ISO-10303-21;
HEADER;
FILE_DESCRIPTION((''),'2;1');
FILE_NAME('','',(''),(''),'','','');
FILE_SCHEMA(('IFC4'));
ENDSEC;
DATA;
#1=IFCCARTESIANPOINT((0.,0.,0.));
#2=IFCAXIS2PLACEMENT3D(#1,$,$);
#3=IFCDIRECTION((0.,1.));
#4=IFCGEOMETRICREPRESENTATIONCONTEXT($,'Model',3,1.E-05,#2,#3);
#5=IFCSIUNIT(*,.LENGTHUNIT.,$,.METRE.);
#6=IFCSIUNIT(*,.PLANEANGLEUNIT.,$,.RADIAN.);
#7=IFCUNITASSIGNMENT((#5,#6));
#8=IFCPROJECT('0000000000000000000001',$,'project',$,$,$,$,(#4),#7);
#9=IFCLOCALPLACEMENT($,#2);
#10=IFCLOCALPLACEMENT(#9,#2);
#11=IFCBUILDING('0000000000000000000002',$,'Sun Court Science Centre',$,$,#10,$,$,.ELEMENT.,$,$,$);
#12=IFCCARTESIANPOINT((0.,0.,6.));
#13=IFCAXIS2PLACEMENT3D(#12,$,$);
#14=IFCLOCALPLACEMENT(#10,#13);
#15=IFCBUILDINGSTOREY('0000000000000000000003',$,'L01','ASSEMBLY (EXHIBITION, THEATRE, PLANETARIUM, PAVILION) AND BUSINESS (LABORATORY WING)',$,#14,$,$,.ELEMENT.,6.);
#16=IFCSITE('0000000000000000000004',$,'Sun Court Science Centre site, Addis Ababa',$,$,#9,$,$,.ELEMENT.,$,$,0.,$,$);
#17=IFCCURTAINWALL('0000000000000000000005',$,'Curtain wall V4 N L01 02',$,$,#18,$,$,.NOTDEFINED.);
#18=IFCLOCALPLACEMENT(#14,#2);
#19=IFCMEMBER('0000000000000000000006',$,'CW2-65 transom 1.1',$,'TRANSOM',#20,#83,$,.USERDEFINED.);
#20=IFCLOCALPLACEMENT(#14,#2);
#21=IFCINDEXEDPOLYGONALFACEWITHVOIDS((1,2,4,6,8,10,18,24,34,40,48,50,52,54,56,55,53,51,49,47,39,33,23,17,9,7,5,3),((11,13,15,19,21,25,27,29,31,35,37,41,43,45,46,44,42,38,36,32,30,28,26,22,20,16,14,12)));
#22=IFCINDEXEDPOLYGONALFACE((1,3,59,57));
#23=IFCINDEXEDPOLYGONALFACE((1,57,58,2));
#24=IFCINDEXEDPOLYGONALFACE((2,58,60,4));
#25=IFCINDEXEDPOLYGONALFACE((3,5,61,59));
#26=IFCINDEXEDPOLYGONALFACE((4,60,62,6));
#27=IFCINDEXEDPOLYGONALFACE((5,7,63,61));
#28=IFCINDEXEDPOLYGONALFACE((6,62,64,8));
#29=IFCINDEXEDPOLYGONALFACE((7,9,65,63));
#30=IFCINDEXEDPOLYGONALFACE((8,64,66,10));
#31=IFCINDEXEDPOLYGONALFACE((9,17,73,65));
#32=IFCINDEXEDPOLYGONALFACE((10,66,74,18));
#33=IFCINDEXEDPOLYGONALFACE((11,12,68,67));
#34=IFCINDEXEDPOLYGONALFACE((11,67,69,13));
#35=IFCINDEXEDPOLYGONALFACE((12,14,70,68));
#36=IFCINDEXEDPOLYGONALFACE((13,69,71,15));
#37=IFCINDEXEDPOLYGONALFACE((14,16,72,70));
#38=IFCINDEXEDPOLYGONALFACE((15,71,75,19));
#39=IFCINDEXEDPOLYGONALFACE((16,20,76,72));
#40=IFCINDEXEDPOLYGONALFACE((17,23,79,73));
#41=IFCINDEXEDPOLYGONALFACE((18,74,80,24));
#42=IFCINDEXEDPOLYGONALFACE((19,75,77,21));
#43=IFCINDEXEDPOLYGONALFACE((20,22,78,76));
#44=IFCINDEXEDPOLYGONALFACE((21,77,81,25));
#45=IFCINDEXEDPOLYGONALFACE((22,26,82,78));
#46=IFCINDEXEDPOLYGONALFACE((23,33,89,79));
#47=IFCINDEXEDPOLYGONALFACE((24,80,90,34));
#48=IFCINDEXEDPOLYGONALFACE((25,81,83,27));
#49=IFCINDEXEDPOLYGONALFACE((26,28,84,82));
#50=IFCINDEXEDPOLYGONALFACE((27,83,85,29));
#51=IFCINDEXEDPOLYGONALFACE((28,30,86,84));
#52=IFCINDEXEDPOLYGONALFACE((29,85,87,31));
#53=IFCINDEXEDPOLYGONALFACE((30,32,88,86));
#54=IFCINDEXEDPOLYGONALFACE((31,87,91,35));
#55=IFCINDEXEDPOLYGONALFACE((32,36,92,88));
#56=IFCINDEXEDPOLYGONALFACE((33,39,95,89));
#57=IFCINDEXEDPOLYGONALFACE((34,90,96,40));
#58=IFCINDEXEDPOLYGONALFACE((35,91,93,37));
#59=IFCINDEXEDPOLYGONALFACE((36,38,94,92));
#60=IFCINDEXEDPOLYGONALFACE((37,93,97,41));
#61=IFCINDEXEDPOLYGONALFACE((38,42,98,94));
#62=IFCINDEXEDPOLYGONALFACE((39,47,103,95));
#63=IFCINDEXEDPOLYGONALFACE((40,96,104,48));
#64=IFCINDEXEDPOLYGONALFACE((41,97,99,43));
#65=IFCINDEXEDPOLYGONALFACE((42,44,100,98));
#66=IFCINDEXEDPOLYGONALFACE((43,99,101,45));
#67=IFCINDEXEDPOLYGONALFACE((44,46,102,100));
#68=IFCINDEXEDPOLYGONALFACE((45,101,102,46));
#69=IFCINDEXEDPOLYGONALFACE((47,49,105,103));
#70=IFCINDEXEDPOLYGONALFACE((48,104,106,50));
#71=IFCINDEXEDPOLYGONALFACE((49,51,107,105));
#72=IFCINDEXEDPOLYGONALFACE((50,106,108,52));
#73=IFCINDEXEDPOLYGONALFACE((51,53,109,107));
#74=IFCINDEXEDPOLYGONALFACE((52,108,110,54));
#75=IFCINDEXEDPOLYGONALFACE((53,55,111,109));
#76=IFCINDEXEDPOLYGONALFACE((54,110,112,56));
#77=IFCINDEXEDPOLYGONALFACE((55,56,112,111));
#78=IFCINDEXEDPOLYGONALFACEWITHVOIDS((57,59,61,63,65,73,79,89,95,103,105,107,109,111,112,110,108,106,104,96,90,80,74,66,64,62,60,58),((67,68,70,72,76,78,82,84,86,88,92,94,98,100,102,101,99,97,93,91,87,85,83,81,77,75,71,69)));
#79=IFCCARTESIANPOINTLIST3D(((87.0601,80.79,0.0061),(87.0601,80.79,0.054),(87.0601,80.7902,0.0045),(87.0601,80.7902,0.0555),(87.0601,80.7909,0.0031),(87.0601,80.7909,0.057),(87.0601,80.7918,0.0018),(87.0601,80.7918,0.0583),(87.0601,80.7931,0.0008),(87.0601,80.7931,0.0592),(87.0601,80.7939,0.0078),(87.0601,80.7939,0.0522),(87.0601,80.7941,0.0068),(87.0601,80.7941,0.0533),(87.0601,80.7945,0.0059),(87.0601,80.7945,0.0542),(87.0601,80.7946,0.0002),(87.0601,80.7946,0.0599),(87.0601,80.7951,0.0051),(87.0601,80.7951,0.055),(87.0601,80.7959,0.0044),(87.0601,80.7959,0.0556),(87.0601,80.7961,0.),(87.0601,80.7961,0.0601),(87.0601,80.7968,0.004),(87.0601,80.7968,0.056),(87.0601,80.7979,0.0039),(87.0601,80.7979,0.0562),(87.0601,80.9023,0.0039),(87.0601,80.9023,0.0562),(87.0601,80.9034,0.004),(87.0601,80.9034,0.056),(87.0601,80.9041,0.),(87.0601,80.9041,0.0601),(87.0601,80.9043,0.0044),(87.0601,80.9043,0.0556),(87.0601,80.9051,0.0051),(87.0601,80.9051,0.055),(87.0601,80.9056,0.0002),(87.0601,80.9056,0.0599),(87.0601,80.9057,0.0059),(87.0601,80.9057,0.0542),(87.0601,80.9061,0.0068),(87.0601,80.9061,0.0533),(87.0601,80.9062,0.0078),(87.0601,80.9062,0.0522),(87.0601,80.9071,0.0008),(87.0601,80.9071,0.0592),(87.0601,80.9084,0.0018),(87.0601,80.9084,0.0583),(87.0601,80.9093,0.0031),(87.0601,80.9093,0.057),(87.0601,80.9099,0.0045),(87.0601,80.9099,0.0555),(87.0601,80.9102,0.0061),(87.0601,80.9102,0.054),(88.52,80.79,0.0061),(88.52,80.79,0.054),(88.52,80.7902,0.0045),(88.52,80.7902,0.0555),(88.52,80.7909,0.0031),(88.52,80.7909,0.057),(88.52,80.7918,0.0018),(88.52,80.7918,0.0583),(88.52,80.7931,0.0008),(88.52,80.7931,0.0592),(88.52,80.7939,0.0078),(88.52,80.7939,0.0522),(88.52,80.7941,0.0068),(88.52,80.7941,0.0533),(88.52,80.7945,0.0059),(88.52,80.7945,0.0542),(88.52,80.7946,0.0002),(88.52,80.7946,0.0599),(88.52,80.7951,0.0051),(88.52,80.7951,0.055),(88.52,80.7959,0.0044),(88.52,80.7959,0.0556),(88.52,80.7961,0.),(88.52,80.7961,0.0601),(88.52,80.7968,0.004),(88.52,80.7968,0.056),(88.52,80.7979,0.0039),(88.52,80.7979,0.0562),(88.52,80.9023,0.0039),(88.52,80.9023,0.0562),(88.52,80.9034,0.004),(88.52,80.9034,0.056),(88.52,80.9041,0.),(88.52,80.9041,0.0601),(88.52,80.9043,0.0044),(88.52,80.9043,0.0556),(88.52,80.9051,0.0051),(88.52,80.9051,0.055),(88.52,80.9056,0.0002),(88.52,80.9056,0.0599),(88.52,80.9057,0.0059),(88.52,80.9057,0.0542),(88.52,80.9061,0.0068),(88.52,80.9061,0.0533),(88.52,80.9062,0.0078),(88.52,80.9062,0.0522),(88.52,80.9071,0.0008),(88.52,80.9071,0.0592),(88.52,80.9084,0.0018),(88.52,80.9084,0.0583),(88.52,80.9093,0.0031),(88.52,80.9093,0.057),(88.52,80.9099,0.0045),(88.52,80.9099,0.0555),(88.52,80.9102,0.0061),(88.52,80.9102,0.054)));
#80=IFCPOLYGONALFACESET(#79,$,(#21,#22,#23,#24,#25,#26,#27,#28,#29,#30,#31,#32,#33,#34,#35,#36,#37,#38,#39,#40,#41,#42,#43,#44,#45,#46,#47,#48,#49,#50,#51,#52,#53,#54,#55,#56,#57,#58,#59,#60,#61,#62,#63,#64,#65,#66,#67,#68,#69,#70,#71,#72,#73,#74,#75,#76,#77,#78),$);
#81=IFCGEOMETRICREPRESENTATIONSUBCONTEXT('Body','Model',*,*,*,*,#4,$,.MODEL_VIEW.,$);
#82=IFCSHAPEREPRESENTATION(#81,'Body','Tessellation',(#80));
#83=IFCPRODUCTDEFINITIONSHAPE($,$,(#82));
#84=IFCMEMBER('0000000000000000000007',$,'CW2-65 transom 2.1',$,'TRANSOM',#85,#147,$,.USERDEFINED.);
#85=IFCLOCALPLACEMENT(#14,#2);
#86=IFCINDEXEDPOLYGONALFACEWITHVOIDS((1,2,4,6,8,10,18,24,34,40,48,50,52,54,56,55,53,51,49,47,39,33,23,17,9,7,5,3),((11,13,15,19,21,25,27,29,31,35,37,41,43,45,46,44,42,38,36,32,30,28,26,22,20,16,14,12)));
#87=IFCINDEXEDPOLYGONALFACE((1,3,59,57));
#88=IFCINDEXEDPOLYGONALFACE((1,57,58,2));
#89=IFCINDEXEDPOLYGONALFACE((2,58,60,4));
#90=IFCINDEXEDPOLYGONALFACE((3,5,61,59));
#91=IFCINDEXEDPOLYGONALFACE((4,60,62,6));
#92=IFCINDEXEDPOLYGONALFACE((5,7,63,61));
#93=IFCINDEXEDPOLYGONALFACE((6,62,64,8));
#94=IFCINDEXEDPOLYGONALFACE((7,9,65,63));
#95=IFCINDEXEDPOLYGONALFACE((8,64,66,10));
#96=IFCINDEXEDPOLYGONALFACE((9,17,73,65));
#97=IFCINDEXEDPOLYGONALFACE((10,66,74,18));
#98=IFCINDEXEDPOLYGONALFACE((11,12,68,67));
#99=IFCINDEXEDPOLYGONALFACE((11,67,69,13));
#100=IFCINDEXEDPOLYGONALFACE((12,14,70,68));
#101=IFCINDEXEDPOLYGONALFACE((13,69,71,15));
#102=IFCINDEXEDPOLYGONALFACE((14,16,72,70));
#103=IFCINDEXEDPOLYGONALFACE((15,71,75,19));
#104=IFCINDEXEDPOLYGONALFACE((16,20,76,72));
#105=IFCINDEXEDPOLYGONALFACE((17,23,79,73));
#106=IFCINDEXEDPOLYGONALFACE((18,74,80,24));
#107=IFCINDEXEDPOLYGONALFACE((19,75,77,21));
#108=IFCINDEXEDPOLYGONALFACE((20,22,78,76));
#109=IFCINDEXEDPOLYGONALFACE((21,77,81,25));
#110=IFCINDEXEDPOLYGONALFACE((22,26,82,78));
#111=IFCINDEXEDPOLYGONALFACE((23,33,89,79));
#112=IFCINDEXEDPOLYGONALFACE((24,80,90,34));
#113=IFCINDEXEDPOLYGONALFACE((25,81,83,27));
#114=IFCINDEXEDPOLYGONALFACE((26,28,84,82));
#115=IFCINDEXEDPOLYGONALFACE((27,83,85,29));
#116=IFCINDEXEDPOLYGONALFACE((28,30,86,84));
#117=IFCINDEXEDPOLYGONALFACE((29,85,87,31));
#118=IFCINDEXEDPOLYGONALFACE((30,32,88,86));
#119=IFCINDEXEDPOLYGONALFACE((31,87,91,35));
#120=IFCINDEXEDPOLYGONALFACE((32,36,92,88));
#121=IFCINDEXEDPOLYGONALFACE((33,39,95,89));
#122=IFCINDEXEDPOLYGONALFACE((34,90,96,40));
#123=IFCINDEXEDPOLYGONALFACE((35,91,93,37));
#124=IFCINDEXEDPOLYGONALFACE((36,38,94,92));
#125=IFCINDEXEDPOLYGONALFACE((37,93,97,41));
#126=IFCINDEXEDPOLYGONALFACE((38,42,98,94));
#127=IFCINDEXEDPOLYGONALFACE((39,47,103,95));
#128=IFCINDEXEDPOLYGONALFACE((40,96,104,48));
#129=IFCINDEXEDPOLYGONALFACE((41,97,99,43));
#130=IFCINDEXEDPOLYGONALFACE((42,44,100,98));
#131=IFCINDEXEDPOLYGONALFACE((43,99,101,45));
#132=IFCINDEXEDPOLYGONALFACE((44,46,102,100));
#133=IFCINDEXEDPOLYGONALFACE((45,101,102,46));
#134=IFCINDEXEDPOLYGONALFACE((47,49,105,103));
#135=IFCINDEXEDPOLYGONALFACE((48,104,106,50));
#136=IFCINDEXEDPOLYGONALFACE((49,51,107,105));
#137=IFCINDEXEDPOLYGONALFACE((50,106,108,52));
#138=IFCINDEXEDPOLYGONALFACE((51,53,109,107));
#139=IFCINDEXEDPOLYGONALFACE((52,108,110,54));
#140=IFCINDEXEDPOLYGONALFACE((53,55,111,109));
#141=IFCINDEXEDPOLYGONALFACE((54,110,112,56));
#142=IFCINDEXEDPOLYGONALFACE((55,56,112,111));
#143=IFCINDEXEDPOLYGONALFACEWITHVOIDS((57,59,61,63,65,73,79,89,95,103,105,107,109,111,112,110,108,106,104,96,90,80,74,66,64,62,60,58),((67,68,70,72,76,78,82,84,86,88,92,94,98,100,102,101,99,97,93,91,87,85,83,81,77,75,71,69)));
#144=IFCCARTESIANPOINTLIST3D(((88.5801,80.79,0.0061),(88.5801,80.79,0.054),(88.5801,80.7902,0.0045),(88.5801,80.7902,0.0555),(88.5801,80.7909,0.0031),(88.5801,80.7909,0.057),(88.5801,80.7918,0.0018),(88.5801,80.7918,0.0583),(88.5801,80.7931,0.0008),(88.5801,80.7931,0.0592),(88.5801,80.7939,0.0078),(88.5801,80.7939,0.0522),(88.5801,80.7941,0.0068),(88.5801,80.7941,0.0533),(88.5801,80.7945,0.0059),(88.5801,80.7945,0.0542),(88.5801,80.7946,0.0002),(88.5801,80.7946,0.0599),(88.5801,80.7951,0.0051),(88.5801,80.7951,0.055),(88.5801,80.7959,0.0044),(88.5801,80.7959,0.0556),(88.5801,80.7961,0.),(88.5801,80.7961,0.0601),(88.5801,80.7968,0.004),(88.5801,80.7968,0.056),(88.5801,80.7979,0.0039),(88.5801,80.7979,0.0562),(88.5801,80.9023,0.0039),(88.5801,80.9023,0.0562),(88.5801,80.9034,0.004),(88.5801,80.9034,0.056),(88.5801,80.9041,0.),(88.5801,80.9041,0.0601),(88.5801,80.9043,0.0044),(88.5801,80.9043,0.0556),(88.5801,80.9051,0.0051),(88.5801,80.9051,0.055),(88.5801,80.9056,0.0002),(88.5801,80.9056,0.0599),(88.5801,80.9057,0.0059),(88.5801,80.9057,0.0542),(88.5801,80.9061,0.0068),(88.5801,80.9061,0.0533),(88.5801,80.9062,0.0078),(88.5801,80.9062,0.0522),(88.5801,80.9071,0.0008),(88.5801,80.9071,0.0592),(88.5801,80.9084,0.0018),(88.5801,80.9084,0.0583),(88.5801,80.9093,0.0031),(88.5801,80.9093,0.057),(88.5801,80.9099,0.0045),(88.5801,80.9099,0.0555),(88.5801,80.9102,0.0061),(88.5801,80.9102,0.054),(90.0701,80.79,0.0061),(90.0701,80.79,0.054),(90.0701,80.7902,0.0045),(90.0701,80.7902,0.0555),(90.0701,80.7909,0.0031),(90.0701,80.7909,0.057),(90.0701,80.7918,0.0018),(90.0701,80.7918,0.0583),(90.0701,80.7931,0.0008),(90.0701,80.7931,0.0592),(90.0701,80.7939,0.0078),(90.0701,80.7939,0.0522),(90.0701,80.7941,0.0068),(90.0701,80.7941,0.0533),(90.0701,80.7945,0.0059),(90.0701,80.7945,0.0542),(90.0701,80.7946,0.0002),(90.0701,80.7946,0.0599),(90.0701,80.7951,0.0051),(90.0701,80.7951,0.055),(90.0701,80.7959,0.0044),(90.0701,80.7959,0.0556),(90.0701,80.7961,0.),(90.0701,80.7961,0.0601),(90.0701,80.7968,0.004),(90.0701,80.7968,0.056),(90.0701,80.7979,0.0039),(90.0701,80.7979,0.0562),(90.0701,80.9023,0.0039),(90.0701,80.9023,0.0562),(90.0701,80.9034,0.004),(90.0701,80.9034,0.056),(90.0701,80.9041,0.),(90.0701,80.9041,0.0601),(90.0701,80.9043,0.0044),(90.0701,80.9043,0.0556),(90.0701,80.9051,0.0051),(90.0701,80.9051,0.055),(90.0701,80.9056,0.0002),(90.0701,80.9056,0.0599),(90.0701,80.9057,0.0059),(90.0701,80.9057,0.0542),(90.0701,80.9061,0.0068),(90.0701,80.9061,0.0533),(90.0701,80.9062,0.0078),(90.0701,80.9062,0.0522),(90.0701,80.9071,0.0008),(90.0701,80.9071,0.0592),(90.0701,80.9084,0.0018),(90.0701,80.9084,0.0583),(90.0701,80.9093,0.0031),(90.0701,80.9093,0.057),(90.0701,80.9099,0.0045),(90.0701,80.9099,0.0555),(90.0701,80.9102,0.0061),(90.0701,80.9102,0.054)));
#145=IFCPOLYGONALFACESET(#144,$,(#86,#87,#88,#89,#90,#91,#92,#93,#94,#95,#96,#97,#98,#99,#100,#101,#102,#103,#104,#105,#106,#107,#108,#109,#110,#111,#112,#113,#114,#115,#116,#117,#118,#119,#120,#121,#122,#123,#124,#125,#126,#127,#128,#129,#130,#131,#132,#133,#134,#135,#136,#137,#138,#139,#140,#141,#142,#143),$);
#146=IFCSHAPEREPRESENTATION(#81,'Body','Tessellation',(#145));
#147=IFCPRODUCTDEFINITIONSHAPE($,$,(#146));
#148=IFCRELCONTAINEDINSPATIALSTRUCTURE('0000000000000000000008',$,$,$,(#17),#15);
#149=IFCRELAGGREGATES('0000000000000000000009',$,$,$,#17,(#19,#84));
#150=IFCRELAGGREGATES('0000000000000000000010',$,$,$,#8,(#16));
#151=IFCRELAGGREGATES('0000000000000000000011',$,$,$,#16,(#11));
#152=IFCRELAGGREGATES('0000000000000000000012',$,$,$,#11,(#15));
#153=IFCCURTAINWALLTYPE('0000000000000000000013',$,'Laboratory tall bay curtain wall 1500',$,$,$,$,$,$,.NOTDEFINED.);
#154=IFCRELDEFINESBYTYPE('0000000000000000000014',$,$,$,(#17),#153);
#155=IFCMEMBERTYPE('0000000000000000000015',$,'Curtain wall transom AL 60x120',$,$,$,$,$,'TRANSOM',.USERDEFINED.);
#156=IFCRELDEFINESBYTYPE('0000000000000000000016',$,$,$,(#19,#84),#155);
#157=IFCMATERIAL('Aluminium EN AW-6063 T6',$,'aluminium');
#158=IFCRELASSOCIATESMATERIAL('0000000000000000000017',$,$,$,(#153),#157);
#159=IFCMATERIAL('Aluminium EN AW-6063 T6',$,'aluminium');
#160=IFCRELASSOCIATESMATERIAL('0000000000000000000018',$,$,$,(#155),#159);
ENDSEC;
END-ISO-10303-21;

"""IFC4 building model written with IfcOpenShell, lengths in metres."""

from ifc_helpers import new_model, si_unit, direction, frame, origin, origin_2d, place, context, subcontext, project, spatial, hollow_rectangle, extrude, material, material_profile, profile_set, type_object, element, aggregate, save


model = new_model("IFC4")

# Units and contexts
model_context = context("Model", 3, precision=1e-05, world=origin(), true_north=direction((0.0, 1.0)))
body_context = subcontext(model_context, "Body", "Model", "MODEL_VIEW")
ifc_project = project(units=[si_unit("LENGTHUNIT", "METRE"), si_unit("PLANEANGLEUNIT", "RADIAN")], contexts=[model_context])

# Site, building, storey
site_placement = place(None, origin())
site = spatial("IfcSite", under=ifc_project, at=site_placement, Name="Sun Court Science Centre site, Addis Ababa", CompositionType="ELEMENT", RefElevation=0.0)
building_placement = place(site_placement, origin())
building = spatial("IfcBuilding", under=site, at=building_placement, Name="Sun Court Science Centre", CompositionType="ELEMENT")
storey_placement = place(building_placement, frame((0.0, 0.0, 6.0)))
storey = spatial("IfcBuildingStorey", under=building, at=storey_placement, Name="L01", Description="ASSEMBLY (EXHIBITION, THEATRE, PLANETARIUM, PAVILION) AND BUSINESS (LABORATORY WING)", CompositionType="ELEMENT", Elevation=6.0)

# Curtain wall, members
ifc_material_1 = material(Name="Aluminium EN AW-6063 T6", Category="aluminium")
curtain_wall_type = type_object("IfcCurtainWallType", Name="Laboratory tall bay curtain wall 1500", PredefinedType="NOTDEFINED", material=ifc_material_1)
curtain_wall_placement = place(storey_placement, origin())
curtain_wall = element("IfcCurtainWall", 1, at=curtain_wall_placement, inside=storey, type_object=curtain_wall_type, Name="Curtain wall V4 N L01 02", PredefinedType="NOTDEFINED")
ifc_material_2 = material(Name="Aluminium EN AW-6063 T6", Category="aluminium")
ifc_material_profile_1 = material_profile(ifc_material_2, hollow_rectangle(XDim=0.0601, YDim=0.1201, WallThickness=0.0039, InnerFilletRadius=0.0039, OuterFilletRadius=0.0061, at=origin_2d()), Name="AL 60x120x4")
ifc_profile_set_1 = profile_set([ifc_material_profile_1], Name="Aluminium EN AW-6063 T6")
member_type_1 = type_object("IfcMemberType", Name="Curtain wall transom AL 60x120", ElementType="TRANSOM", PredefinedType="USERDEFINED", material=ifc_profile_set_1)
member_1_placement = place(storey_placement, frame((87.0601, 80.8501, 0.03), z_axis=(1.0, 0.0, 0.0), x_axis=(0.0, 0.0, 1.0)))
member_1 = element("IfcMember", 2, at=member_1_placement, type_object=member_type_1, Name="CW2-65 transom 1.1", ObjectType="TRANSOM", PredefinedType="USERDEFINED", context=body_context, shape_type="SweptSolid", body=[
    extrude(hollow_rectangle(XDim=0.0601, YDim=0.1201, WallThickness=0.0039, InnerFilletRadius=0.0039, OuterFilletRadius=0.0061, at=origin_2d()), origin(), (0.0, 0.0, 1.0), 1.46),
])
member_2_placement = place(storey_placement, frame((88.5801, 80.8501, 0.03), z_axis=(1.0, 0.0, 0.0), x_axis=(0.0, 0.0, 1.0)))
member_2 = element("IfcMember", 3, at=member_2_placement, type_object=member_type_1, Name="CW2-65 transom 2.1", ObjectType="TRANSOM", PredefinedType="USERDEFINED", context=body_context, shape_type="SweptSolid", body=[
    extrude(hollow_rectangle(XDim=0.0601, YDim=0.1201, WallThickness=0.0039, InnerFilletRadius=0.0039, OuterFilletRadius=0.0061, at=origin_2d()), origin(), (0.0, 0.0, 1.0), 1.49),
])

aggregate(curtain_wall, [member_1, member_2])

save(model, "model.ifc")
